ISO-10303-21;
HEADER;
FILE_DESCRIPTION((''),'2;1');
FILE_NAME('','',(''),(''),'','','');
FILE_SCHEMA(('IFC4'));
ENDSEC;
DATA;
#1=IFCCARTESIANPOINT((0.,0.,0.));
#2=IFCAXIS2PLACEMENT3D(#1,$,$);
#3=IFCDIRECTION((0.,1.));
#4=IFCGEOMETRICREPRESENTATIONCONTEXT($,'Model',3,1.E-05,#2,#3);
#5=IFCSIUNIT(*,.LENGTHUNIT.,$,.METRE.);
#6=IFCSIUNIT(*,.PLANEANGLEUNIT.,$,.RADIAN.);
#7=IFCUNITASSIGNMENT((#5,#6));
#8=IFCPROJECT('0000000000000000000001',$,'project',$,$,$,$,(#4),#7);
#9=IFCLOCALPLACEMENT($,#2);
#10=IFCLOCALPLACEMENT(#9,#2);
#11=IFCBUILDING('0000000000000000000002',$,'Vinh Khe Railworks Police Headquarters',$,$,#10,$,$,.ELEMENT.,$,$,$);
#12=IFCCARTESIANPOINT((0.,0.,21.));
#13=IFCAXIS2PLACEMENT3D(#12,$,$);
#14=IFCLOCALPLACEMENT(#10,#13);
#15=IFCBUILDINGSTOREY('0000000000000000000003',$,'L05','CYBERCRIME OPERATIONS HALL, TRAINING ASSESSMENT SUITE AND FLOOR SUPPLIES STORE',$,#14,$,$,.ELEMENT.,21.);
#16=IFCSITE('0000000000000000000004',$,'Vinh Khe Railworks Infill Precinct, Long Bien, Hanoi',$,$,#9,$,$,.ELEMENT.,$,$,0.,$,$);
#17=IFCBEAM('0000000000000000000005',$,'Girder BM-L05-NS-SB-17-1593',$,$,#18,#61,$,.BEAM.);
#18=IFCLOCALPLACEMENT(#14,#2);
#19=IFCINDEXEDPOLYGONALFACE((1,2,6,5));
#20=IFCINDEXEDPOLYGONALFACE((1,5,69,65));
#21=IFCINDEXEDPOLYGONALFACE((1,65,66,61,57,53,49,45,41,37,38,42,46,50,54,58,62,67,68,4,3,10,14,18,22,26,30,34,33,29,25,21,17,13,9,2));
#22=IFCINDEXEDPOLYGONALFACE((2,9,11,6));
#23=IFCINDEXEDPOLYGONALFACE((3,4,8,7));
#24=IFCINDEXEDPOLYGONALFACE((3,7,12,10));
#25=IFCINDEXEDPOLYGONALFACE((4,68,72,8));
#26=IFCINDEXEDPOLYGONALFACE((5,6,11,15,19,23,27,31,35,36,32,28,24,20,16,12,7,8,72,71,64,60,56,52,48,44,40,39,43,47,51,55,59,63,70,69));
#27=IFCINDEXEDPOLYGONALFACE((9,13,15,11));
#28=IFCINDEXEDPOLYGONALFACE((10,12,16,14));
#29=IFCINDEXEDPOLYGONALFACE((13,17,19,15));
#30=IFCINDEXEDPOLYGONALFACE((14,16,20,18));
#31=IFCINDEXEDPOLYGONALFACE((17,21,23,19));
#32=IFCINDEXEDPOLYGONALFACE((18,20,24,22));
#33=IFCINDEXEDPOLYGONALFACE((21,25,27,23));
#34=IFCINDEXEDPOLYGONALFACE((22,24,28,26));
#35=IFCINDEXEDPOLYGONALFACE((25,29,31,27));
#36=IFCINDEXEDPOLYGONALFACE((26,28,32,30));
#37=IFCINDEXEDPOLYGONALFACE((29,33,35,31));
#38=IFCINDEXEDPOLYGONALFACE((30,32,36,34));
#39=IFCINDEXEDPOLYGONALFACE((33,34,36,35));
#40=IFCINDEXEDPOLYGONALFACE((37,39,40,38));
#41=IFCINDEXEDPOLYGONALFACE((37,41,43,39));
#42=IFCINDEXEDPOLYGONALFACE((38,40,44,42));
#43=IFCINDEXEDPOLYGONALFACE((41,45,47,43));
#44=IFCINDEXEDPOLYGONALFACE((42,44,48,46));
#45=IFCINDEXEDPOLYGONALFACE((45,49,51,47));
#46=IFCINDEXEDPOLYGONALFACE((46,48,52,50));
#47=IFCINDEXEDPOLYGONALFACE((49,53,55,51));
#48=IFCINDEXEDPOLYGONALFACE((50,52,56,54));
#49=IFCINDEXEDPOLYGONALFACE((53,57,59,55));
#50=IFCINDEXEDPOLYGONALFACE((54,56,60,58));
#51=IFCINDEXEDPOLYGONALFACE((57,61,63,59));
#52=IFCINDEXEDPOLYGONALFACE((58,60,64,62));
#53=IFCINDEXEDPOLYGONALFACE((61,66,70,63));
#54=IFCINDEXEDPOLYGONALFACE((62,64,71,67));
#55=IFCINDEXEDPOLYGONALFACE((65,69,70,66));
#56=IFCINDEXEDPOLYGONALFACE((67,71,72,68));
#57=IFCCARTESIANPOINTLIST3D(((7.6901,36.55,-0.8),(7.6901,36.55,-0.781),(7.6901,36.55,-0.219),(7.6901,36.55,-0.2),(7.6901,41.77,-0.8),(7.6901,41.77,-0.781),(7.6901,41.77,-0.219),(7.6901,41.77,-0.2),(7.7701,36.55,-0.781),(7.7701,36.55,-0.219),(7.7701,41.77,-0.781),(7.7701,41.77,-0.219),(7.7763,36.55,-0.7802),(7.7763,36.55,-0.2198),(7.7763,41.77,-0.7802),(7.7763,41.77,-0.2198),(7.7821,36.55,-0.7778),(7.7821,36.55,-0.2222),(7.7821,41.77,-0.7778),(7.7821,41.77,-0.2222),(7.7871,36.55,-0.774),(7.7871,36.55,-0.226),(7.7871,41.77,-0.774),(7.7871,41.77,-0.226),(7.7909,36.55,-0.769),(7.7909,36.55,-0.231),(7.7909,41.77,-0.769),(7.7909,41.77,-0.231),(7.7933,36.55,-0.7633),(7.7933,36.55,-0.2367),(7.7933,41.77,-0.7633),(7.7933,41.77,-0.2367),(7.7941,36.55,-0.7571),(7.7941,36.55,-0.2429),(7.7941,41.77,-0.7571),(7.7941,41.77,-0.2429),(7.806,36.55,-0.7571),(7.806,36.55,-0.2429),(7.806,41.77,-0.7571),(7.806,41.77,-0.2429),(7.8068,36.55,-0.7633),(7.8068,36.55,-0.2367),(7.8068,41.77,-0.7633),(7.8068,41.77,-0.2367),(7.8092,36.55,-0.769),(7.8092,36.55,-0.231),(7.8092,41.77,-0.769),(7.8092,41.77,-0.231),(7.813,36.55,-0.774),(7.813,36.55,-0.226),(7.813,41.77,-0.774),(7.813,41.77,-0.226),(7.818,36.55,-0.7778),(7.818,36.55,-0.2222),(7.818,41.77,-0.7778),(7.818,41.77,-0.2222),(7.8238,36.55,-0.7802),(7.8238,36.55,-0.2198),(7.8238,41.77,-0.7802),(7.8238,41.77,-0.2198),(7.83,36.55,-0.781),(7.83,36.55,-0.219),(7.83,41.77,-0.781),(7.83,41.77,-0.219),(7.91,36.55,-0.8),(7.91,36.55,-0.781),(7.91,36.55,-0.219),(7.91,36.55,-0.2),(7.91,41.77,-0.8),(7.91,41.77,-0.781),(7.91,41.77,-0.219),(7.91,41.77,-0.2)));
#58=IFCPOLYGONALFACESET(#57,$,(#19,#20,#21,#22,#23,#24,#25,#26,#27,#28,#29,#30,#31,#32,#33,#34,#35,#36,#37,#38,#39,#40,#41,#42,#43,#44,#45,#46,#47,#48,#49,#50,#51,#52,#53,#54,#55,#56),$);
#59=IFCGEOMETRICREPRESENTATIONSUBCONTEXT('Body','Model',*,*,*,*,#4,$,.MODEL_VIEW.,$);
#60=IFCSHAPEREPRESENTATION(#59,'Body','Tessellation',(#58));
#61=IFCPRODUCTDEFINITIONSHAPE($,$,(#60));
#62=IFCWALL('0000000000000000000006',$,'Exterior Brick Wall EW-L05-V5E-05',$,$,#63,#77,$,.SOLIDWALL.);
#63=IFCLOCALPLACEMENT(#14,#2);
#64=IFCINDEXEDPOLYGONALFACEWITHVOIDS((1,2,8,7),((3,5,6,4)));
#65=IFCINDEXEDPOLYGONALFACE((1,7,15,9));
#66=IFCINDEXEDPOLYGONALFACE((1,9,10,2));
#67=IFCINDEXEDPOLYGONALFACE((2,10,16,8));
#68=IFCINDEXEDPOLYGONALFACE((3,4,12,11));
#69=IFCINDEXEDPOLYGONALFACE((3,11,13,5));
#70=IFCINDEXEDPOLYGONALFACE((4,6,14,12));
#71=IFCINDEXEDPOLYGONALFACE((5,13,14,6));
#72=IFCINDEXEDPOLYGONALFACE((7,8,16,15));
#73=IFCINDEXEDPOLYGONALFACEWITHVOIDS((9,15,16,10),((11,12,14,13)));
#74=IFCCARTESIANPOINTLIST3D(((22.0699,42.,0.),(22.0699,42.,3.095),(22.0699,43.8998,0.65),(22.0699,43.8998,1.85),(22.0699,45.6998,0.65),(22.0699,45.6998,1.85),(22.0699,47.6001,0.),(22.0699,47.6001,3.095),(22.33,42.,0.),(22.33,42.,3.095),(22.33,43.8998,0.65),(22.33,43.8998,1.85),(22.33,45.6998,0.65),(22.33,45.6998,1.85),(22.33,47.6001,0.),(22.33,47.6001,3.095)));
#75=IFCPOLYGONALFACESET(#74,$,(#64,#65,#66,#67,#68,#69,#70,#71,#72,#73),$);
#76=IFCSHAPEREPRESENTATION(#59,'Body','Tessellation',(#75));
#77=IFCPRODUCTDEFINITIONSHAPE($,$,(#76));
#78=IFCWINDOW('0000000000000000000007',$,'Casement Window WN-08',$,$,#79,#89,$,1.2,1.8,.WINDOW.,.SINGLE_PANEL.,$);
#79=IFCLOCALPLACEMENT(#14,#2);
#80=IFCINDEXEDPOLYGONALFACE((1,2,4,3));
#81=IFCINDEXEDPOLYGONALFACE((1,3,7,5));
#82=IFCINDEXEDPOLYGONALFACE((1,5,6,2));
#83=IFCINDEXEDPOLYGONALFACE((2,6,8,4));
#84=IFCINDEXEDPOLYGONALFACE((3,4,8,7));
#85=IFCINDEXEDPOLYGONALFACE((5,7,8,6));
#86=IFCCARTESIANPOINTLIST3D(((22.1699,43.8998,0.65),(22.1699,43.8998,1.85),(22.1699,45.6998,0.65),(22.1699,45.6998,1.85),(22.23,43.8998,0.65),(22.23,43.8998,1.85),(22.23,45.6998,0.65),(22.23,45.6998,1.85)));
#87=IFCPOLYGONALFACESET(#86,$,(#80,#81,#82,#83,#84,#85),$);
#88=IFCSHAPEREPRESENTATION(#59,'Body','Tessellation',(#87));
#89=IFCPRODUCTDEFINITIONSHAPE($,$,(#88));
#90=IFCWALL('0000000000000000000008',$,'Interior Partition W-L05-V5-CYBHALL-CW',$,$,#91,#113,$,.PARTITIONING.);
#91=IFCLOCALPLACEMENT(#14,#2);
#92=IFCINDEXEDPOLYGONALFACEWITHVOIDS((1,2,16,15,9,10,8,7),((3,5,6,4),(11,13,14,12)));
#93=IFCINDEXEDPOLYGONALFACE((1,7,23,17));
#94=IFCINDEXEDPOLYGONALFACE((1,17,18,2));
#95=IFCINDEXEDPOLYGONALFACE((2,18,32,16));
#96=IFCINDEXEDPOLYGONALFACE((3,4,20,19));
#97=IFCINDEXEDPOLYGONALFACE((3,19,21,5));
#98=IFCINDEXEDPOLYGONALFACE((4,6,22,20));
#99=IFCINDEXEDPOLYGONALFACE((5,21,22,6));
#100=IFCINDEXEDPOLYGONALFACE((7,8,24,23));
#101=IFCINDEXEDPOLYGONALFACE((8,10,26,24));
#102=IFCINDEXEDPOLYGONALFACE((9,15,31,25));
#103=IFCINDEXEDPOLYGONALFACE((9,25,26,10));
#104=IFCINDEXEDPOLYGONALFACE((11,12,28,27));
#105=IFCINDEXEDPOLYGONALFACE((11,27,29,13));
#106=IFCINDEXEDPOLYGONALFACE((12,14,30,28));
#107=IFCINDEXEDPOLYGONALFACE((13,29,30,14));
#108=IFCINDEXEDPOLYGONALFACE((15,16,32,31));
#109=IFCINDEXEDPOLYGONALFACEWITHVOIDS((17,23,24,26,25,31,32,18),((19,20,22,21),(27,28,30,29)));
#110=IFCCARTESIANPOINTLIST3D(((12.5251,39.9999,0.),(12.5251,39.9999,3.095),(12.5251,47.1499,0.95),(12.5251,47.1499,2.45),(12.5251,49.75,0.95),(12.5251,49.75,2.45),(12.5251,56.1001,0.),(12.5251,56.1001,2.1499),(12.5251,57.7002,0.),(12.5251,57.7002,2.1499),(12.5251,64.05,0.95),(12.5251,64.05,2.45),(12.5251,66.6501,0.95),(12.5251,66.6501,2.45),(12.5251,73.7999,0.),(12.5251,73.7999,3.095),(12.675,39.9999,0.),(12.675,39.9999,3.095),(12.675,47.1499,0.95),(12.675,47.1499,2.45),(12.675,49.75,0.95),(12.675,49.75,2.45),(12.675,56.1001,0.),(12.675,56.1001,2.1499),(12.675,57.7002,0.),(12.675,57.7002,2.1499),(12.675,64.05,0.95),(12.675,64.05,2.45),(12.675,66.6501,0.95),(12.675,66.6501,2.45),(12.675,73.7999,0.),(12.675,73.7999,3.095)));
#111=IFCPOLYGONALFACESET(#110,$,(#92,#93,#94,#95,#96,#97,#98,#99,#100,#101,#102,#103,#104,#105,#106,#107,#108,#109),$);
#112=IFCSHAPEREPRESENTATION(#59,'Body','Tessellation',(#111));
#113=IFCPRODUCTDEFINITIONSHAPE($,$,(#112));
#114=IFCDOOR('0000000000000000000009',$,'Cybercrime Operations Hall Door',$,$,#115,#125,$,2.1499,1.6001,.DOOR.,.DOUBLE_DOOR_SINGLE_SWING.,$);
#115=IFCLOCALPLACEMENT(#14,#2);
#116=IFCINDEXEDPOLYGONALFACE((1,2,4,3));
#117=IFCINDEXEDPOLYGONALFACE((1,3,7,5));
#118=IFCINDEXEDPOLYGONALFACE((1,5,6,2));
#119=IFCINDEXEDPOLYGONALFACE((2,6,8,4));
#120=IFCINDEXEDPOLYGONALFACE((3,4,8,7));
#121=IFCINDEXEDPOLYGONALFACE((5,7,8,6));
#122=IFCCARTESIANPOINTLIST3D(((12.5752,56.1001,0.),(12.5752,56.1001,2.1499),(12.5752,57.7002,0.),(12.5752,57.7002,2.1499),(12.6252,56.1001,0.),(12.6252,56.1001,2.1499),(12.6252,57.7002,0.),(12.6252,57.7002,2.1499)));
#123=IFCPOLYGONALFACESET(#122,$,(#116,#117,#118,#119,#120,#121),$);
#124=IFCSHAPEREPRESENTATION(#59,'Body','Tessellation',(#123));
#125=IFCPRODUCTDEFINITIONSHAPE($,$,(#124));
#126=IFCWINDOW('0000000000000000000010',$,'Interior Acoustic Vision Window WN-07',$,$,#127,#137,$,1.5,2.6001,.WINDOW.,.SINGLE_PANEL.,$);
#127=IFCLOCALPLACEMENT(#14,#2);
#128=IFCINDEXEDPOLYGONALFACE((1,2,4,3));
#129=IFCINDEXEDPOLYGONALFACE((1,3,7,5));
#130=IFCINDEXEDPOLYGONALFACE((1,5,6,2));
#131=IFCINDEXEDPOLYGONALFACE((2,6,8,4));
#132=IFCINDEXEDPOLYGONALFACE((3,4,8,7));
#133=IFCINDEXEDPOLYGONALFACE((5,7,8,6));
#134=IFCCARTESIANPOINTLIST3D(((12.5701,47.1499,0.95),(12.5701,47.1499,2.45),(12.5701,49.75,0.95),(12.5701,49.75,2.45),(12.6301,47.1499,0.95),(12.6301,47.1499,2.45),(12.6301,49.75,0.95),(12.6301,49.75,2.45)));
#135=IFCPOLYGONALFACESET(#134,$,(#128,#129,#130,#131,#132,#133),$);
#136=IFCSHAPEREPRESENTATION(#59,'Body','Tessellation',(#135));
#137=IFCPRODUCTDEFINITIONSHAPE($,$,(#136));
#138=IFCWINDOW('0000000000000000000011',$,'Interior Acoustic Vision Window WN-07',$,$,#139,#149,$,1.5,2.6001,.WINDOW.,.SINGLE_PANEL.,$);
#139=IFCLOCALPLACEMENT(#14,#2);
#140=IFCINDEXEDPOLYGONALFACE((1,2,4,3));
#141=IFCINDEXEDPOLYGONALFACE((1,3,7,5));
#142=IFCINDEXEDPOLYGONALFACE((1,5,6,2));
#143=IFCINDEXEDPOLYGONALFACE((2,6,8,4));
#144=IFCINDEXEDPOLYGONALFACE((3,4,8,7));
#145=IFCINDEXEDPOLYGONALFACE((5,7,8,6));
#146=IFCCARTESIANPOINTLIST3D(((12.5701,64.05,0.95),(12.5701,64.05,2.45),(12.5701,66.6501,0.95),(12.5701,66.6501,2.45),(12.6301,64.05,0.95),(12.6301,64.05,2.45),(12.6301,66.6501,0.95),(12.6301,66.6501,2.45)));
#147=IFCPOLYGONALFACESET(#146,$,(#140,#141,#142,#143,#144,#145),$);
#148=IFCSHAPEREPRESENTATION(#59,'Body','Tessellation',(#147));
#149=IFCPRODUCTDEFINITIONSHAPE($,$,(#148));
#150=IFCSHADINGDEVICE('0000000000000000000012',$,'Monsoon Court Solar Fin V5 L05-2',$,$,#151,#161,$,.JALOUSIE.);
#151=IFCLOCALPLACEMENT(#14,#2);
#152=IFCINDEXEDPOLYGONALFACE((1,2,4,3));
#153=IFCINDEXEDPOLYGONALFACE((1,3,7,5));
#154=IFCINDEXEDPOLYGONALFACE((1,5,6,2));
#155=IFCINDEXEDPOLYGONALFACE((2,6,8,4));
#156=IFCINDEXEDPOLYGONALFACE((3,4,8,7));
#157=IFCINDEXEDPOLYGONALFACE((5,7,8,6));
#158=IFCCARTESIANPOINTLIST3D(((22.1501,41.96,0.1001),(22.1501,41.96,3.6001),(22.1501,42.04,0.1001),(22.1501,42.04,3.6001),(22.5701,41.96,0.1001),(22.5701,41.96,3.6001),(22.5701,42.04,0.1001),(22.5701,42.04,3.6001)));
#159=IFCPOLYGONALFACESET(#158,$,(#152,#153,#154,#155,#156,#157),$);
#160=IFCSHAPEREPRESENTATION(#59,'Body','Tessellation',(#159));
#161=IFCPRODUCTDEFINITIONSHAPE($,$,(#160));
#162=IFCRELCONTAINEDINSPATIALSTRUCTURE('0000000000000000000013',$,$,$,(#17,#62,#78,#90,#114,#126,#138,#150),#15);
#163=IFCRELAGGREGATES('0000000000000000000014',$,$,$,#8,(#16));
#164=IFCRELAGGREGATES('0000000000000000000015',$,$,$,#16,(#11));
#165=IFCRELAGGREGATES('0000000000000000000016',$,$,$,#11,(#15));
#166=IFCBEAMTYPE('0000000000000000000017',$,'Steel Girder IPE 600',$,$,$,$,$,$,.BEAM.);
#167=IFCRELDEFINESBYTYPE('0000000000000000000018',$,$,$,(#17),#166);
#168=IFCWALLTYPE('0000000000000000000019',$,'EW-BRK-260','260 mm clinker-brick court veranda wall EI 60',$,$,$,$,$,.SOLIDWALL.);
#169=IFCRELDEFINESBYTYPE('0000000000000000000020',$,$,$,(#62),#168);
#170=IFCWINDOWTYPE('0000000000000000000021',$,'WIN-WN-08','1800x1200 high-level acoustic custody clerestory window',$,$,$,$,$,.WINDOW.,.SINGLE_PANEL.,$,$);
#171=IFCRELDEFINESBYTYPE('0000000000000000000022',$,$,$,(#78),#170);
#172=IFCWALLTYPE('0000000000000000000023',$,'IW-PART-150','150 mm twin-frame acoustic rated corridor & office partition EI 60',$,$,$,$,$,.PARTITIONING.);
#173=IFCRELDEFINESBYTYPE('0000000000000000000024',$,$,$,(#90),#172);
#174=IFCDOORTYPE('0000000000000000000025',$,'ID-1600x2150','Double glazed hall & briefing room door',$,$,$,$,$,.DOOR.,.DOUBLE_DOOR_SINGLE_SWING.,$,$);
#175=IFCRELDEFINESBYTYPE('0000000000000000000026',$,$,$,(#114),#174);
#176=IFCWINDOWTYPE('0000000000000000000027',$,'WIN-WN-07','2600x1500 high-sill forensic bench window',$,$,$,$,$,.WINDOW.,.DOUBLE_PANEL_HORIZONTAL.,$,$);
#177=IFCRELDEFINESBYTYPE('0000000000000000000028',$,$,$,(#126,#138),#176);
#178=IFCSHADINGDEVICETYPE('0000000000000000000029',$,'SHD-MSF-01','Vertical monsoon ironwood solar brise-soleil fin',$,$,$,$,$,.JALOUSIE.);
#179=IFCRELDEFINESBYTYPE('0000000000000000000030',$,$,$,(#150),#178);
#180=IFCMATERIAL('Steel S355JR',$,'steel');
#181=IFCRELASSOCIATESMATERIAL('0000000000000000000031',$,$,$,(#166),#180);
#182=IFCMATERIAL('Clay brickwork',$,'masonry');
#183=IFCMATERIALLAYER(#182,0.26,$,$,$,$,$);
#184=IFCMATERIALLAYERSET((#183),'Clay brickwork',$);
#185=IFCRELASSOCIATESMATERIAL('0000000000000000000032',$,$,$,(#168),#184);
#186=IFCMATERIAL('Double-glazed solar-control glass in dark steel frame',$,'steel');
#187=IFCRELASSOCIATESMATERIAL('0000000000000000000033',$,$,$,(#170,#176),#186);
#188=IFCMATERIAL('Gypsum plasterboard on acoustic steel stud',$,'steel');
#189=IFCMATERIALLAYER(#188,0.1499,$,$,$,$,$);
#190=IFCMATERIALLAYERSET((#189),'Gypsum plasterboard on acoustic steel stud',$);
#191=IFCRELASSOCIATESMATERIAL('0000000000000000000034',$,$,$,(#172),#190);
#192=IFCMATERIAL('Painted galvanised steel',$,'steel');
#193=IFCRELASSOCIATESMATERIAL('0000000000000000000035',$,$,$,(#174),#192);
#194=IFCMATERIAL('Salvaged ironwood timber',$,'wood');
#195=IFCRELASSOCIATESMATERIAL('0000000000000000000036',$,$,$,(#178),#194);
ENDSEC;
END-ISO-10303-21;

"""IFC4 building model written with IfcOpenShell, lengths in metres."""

from ifc_helpers import new_model, si_unit, direction, frame, frame_2d, origin, origin_2d, place, context, subcontext, project, spatial, rectangle, i_section, extrude, material, layer, layer_set, material_profile, profile_set, type_object, element, fill, save


model = new_model("IFC4")

# Units and contexts
model_context = context("Model", 3, precision=1e-05, world=origin(), true_north=direction((0.0, 1.0)))
body_context = subcontext(model_context, "Body", "Model", "MODEL_VIEW")
ifc_project = project(units=[si_unit("LENGTHUNIT", "METRE"), si_unit("PLANEANGLEUNIT", "RADIAN")], contexts=[model_context])

# Site, building, storey
site_placement = place(None, origin())
site = spatial("IfcSite", under=ifc_project, at=site_placement, Name="Vinh Khe Railworks Infill Precinct, Long Bien, Hanoi", CompositionType="ELEMENT", RefElevation=0.0)
building_placement = place(site_placement, origin())
building = spatial("IfcBuilding", under=site, at=building_placement, Name="Vinh Khe Railworks Police Headquarters", CompositionType="ELEMENT")
storey_placement = place(building_placement, frame((0.0, 0.0, 21.0)))
storey = spatial("IfcBuildingStorey", under=building, at=storey_placement, Name="L05", Description="CYBERCRIME OPERATIONS HALL, TRAINING ASSESSMENT SUITE AND FLOOR SUPPLIES STORE", CompositionType="ELEMENT", Elevation=21.0)

# Shared definitions
ifc_material_1 = material(Name="Steel S355JR", Category="steel")

# Beam
ifc_material_profile_1 = material_profile(ifc_material_1, i_section(OverallWidth=0.22, OverallDepth=0.6001, WebThickness=0.012, FlangeThickness=0.019, FilletRadius=0.0239, at=origin_2d()), Name="IPE 600")
ifc_profile_set_1 = profile_set([ifc_material_profile_1], Name="Steel S355JR")
beam_type_1 = type_object("IfcBeamType", Name="Steel Girder IPE 600", PredefinedType="BEAM", material=ifc_profile_set_1)
beam_1_placement = place(storey_placement, frame((7.8, 36.55, -0.5), z_axis=(0.0, 1.0, 0.0), x_axis=(-1.0, 0.0, 0.0)))
element("IfcBeam", 1, at=beam_1_placement, inside=storey, type_object=beam_type_1, Name="Girder BM-L05-NS-SB-17-1593", PredefinedType="BEAM", context=body_context, shape_type="SweptSolid", body=[
    extrude(i_section(OverallWidth=0.22, OverallDepth=0.6001, WebThickness=0.012, FlangeThickness=0.019, FilletRadius=0.0239, at=origin_2d()), origin(), (0.0, 0.0, 1.0), 5.22),
])

# Wall, opening, window
ifc_material_2 = material(Name="Clay brickwork", Category="masonry")
ifc_layer_1 = layer(ifc_material_2, 0.26)
ifc_layer_set_1 = layer_set([ifc_layer_1], Name="Clay brickwork")
wall_type_1 = type_object("IfcWallType", Name="EW-BRK-260", Description="260 mm clinker-brick court veranda wall EI 60", PredefinedType="SOLIDWALL", material=ifc_layer_set_1)
wall_1_placement = place(storey_placement, frame((22.2, 42.0, 0.0), z_axis=(0.0, 0.0, 1.0), x_axis=(0.0, 1.0, 0.0)))
wall_1 = element("IfcWall", 2, at=wall_1_placement, inside=storey, type_object=wall_type_1, Name="Exterior Brick Wall EW-L05-V5E-05", PredefinedType="SOLIDWALL", context=body_context, shape_type="SweptSolid", body=[
    extrude(rectangle(XDim=5.6001, YDim=0.26, at=frame_2d((2.8, 0.0))), origin(), (0.0, 0.0, 1.0), 3.095),
])
opening_1_placement = place(wall_1_placement, frame((1.8999, 0.0, 0.6499)))
opening_1 = element("IfcOpeningElement", 3, at=opening_1_placement, cuts=wall_1, PredefinedType="OPENING", context=body_context, shape_type="SweptSolid", body=[
    extrude(rectangle(XDim=1.8, YDim=1.2, at=frame_2d((0.8999, 0.6001))), frame((0.0, 0.145, 0.0), z_axis=(0.0, -1.0, 0.0), x_axis=(1.0, 0.0, 0.0)), (0.0, 0.0, 1.0), 0.2898),
])
ifc_material_3 = material(Name="Double-glazed solar-control glass in dark steel frame", Category="steel")
window_type_1 = type_object("IfcWindowType", Name="WIN-WN-08", Description="1800x1200 high-level acoustic custody clerestory window", PartitioningType="SINGLE_PANEL", PredefinedType="WINDOW", material=ifc_material_3)
window_1_placement = place(opening_1_placement, origin())
window_1 = element("IfcWindow", 4, at=window_1_placement, inside=storey, type_object=window_type_1, Name="Casement Window WN-08", OverallHeight=1.2, OverallWidth=1.8, PartitioningType="SINGLE_PANEL", PredefinedType="WINDOW", context=body_context, shape_type="SweptSolid", body=[
    extrude(rectangle(XDim=1.8, YDim=1.2, at=frame_2d((0.8999, 0.6001))), frame((0.0, 0.03, 0.0), z_axis=(0.0, -1.0, 0.0), x_axis=(1.0, 0.0, 0.0)), (0.0, 0.0, 1.0), 0.0601),
])
fill(opening_1, window_1)

# Wall, openings, door, windows
ifc_material_4 = material(Name="Gypsum plasterboard on acoustic steel stud", Category="steel")
ifc_layer_2 = layer(ifc_material_4, 0.1499)
ifc_layer_set_2 = layer_set([ifc_layer_2], Name="Gypsum plasterboard on acoustic steel stud")
wall_type_2 = type_object("IfcWallType", Name="IW-PART-150", Description="150 mm twin-frame acoustic rated corridor & office partition EI 60", PredefinedType="PARTITIONING", material=ifc_layer_set_2)
wall_2_placement = place(storey_placement, frame((12.6001, 40.0, 0.0), z_axis=(0.0, 0.0, 1.0), x_axis=(0.0, 1.0, 0.0)))
wall_2 = element("IfcWall", 5, at=wall_2_placement, inside=storey, type_object=wall_type_2, Name="Interior Partition W-L05-V5-CYBHALL-CW", PredefinedType="PARTITIONING", context=body_context, shape_type="SweptSolid", body=[
    extrude(rectangle(XDim=33.8, YDim=0.1499, at=frame_2d((16.8999, 0.0))), origin(), (0.0, 0.0, 1.0), 3.095),
])
opening_2_placement = place(wall_2_placement, frame((16.1001, 0.0, 0.0)))
opening_2 = element("IfcOpeningElement", 6, at=opening_2_placement, cuts=wall_2, PredefinedType="OPENING", context=body_context, shape_type="SweptSolid", body=[
    extrude(rectangle(XDim=1.6001, YDim=2.1499, at=frame_2d((0.8, 1.075))), frame((0.0, 0.0898, 0.0), z_axis=(0.0, -1.0, 0.0), x_axis=(1.0, 0.0, 0.0)), (0.0, 0.0, 1.0), 0.1797),
])
opening_3_placement = place(wall_2_placement, frame((7.1499, 0.0, 0.95)))
opening_3 = element("IfcOpeningElement", 7, at=opening_3_placement, cuts=wall_2, PredefinedType="OPENING", context=body_context, shape_type="SweptSolid", body=[
    extrude(rectangle(XDim=2.6001, YDim=1.5, at=frame_2d((1.3, 0.75))), frame((0.0, 0.0898, 0.0), z_axis=(0.0, -1.0, 0.0), x_axis=(1.0, 0.0, 0.0)), (0.0, 0.0, 1.0), 0.1797),
])
opening_4_placement = place(wall_2_placement, frame((24.05, 0.0, 0.95)))
opening_4 = element("IfcOpeningElement", 8, at=opening_4_placement, cuts=wall_2, PredefinedType="OPENING", context=body_context, shape_type="SweptSolid", body=[
    extrude(rectangle(XDim=2.6001, YDim=1.5, at=frame_2d((1.3, 0.75))), frame((0.0, 0.0898, 0.0), z_axis=(0.0, -1.0, 0.0), x_axis=(1.0, 0.0, 0.0)), (0.0, 0.0, 1.0), 0.1797),
])
ifc_material_5 = material(Name="Painted galvanised steel", Category="steel")
door_type = type_object("IfcDoorType", Name="ID-1600x2150", Description="Double glazed hall & briefing room door", OperationType="DOUBLE_DOOR_SINGLE_SWING", PredefinedType="DOOR", material=ifc_material_5)
door_placement = place(opening_2_placement, origin())
door = element("IfcDoor", 9, at=door_placement, inside=storey, type_object=door_type, Name="Cybercrime Operations Hall Door", OperationType="DOUBLE_DOOR_SINGLE_SWING", OverallHeight=2.1499, OverallWidth=1.6001, PredefinedType="DOOR", context=body_context, shape_type="SweptSolid", body=[
    extrude(rectangle(XDim=1.6001, YDim=2.1499, at=frame_2d((0.8, 1.075))), frame((0.0, 0.0249, 0.0), z_axis=(0.0, -1.0, 0.0), x_axis=(1.0, 0.0, 0.0)), (0.0, 0.0, 1.0), 0.05),
])
fill(opening_2, door)
window_type_2 = type_object("IfcWindowType", Name="WIN-WN-07", Description="2600x1500 high-sill forensic bench window", PartitioningType="DOUBLE_PANEL_HORIZONTAL", PredefinedType="WINDOW", material=ifc_material_3)
window_2_placement = place(opening_3_placement, origin())
window_2 = element("IfcWindow", 10, at=window_2_placement, inside=storey, type_object=window_type_2, Name="Interior Acoustic Vision Window WN-07", OverallHeight=1.5, OverallWidth=2.6001, PartitioningType="SINGLE_PANEL", PredefinedType="WINDOW", context=body_context, shape_type="SweptSolid", body=[
    extrude(rectangle(XDim=2.6001, YDim=1.5, at=frame_2d((1.3, 0.75))), frame((0.0, 0.03, 0.0), z_axis=(0.0, -1.0, 0.0), x_axis=(1.0, 0.0, 0.0)), (0.0, 0.0, 1.0), 0.0601),
])
fill(opening_3, window_2)
window_3_placement = place(opening_4_placement, origin())
window_3 = element("IfcWindow", 11, at=window_3_placement, inside=storey, type_object=window_type_2, Name="Interior Acoustic Vision Window WN-07", OverallHeight=1.5, OverallWidth=2.6001, PartitioningType="SINGLE_PANEL", PredefinedType="WINDOW", context=body_context, shape_type="SweptSolid", body=[
    extrude(rectangle(XDim=2.6001, YDim=1.5, at=frame_2d((1.3, 0.75))), frame((0.0, 0.03, 0.0), z_axis=(0.0, -1.0, 0.0), x_axis=(1.0, 0.0, 0.0)), (0.0, 0.0, 1.0), 0.0601),
])
fill(opening_4, window_3)

# Shading device
ifc_material_6 = material(Name="Salvaged ironwood timber", Category="wood")
shading_device_type = type_object("IfcShadingDeviceType", Name="SHD-MSF-01", Description="Vertical monsoon ironwood solar brise-soleil fin", PredefinedType="JALOUSIE", material=ifc_material_6)
shading_device_placement = place(storey_placement, frame((22.3601, 42.0, 0.1001), z_axis=(0.0, 0.0, 1.0), x_axis=(1.0, 0.0, 0.0)))
element("IfcShadingDevice", 12, at=shading_device_placement, inside=storey, type_object=shading_device_type, Name="Monsoon Court Solar Fin V5 L05-2", PredefinedType="JALOUSIE", context=body_context, shape_type="SweptSolid", body=[
    extrude(rectangle(XDim=0.4199, YDim=0.0801, at=origin_2d()), origin(), (0.0, 0.0, 1.0), 3.5),
])

save(model, "model.ifc")
